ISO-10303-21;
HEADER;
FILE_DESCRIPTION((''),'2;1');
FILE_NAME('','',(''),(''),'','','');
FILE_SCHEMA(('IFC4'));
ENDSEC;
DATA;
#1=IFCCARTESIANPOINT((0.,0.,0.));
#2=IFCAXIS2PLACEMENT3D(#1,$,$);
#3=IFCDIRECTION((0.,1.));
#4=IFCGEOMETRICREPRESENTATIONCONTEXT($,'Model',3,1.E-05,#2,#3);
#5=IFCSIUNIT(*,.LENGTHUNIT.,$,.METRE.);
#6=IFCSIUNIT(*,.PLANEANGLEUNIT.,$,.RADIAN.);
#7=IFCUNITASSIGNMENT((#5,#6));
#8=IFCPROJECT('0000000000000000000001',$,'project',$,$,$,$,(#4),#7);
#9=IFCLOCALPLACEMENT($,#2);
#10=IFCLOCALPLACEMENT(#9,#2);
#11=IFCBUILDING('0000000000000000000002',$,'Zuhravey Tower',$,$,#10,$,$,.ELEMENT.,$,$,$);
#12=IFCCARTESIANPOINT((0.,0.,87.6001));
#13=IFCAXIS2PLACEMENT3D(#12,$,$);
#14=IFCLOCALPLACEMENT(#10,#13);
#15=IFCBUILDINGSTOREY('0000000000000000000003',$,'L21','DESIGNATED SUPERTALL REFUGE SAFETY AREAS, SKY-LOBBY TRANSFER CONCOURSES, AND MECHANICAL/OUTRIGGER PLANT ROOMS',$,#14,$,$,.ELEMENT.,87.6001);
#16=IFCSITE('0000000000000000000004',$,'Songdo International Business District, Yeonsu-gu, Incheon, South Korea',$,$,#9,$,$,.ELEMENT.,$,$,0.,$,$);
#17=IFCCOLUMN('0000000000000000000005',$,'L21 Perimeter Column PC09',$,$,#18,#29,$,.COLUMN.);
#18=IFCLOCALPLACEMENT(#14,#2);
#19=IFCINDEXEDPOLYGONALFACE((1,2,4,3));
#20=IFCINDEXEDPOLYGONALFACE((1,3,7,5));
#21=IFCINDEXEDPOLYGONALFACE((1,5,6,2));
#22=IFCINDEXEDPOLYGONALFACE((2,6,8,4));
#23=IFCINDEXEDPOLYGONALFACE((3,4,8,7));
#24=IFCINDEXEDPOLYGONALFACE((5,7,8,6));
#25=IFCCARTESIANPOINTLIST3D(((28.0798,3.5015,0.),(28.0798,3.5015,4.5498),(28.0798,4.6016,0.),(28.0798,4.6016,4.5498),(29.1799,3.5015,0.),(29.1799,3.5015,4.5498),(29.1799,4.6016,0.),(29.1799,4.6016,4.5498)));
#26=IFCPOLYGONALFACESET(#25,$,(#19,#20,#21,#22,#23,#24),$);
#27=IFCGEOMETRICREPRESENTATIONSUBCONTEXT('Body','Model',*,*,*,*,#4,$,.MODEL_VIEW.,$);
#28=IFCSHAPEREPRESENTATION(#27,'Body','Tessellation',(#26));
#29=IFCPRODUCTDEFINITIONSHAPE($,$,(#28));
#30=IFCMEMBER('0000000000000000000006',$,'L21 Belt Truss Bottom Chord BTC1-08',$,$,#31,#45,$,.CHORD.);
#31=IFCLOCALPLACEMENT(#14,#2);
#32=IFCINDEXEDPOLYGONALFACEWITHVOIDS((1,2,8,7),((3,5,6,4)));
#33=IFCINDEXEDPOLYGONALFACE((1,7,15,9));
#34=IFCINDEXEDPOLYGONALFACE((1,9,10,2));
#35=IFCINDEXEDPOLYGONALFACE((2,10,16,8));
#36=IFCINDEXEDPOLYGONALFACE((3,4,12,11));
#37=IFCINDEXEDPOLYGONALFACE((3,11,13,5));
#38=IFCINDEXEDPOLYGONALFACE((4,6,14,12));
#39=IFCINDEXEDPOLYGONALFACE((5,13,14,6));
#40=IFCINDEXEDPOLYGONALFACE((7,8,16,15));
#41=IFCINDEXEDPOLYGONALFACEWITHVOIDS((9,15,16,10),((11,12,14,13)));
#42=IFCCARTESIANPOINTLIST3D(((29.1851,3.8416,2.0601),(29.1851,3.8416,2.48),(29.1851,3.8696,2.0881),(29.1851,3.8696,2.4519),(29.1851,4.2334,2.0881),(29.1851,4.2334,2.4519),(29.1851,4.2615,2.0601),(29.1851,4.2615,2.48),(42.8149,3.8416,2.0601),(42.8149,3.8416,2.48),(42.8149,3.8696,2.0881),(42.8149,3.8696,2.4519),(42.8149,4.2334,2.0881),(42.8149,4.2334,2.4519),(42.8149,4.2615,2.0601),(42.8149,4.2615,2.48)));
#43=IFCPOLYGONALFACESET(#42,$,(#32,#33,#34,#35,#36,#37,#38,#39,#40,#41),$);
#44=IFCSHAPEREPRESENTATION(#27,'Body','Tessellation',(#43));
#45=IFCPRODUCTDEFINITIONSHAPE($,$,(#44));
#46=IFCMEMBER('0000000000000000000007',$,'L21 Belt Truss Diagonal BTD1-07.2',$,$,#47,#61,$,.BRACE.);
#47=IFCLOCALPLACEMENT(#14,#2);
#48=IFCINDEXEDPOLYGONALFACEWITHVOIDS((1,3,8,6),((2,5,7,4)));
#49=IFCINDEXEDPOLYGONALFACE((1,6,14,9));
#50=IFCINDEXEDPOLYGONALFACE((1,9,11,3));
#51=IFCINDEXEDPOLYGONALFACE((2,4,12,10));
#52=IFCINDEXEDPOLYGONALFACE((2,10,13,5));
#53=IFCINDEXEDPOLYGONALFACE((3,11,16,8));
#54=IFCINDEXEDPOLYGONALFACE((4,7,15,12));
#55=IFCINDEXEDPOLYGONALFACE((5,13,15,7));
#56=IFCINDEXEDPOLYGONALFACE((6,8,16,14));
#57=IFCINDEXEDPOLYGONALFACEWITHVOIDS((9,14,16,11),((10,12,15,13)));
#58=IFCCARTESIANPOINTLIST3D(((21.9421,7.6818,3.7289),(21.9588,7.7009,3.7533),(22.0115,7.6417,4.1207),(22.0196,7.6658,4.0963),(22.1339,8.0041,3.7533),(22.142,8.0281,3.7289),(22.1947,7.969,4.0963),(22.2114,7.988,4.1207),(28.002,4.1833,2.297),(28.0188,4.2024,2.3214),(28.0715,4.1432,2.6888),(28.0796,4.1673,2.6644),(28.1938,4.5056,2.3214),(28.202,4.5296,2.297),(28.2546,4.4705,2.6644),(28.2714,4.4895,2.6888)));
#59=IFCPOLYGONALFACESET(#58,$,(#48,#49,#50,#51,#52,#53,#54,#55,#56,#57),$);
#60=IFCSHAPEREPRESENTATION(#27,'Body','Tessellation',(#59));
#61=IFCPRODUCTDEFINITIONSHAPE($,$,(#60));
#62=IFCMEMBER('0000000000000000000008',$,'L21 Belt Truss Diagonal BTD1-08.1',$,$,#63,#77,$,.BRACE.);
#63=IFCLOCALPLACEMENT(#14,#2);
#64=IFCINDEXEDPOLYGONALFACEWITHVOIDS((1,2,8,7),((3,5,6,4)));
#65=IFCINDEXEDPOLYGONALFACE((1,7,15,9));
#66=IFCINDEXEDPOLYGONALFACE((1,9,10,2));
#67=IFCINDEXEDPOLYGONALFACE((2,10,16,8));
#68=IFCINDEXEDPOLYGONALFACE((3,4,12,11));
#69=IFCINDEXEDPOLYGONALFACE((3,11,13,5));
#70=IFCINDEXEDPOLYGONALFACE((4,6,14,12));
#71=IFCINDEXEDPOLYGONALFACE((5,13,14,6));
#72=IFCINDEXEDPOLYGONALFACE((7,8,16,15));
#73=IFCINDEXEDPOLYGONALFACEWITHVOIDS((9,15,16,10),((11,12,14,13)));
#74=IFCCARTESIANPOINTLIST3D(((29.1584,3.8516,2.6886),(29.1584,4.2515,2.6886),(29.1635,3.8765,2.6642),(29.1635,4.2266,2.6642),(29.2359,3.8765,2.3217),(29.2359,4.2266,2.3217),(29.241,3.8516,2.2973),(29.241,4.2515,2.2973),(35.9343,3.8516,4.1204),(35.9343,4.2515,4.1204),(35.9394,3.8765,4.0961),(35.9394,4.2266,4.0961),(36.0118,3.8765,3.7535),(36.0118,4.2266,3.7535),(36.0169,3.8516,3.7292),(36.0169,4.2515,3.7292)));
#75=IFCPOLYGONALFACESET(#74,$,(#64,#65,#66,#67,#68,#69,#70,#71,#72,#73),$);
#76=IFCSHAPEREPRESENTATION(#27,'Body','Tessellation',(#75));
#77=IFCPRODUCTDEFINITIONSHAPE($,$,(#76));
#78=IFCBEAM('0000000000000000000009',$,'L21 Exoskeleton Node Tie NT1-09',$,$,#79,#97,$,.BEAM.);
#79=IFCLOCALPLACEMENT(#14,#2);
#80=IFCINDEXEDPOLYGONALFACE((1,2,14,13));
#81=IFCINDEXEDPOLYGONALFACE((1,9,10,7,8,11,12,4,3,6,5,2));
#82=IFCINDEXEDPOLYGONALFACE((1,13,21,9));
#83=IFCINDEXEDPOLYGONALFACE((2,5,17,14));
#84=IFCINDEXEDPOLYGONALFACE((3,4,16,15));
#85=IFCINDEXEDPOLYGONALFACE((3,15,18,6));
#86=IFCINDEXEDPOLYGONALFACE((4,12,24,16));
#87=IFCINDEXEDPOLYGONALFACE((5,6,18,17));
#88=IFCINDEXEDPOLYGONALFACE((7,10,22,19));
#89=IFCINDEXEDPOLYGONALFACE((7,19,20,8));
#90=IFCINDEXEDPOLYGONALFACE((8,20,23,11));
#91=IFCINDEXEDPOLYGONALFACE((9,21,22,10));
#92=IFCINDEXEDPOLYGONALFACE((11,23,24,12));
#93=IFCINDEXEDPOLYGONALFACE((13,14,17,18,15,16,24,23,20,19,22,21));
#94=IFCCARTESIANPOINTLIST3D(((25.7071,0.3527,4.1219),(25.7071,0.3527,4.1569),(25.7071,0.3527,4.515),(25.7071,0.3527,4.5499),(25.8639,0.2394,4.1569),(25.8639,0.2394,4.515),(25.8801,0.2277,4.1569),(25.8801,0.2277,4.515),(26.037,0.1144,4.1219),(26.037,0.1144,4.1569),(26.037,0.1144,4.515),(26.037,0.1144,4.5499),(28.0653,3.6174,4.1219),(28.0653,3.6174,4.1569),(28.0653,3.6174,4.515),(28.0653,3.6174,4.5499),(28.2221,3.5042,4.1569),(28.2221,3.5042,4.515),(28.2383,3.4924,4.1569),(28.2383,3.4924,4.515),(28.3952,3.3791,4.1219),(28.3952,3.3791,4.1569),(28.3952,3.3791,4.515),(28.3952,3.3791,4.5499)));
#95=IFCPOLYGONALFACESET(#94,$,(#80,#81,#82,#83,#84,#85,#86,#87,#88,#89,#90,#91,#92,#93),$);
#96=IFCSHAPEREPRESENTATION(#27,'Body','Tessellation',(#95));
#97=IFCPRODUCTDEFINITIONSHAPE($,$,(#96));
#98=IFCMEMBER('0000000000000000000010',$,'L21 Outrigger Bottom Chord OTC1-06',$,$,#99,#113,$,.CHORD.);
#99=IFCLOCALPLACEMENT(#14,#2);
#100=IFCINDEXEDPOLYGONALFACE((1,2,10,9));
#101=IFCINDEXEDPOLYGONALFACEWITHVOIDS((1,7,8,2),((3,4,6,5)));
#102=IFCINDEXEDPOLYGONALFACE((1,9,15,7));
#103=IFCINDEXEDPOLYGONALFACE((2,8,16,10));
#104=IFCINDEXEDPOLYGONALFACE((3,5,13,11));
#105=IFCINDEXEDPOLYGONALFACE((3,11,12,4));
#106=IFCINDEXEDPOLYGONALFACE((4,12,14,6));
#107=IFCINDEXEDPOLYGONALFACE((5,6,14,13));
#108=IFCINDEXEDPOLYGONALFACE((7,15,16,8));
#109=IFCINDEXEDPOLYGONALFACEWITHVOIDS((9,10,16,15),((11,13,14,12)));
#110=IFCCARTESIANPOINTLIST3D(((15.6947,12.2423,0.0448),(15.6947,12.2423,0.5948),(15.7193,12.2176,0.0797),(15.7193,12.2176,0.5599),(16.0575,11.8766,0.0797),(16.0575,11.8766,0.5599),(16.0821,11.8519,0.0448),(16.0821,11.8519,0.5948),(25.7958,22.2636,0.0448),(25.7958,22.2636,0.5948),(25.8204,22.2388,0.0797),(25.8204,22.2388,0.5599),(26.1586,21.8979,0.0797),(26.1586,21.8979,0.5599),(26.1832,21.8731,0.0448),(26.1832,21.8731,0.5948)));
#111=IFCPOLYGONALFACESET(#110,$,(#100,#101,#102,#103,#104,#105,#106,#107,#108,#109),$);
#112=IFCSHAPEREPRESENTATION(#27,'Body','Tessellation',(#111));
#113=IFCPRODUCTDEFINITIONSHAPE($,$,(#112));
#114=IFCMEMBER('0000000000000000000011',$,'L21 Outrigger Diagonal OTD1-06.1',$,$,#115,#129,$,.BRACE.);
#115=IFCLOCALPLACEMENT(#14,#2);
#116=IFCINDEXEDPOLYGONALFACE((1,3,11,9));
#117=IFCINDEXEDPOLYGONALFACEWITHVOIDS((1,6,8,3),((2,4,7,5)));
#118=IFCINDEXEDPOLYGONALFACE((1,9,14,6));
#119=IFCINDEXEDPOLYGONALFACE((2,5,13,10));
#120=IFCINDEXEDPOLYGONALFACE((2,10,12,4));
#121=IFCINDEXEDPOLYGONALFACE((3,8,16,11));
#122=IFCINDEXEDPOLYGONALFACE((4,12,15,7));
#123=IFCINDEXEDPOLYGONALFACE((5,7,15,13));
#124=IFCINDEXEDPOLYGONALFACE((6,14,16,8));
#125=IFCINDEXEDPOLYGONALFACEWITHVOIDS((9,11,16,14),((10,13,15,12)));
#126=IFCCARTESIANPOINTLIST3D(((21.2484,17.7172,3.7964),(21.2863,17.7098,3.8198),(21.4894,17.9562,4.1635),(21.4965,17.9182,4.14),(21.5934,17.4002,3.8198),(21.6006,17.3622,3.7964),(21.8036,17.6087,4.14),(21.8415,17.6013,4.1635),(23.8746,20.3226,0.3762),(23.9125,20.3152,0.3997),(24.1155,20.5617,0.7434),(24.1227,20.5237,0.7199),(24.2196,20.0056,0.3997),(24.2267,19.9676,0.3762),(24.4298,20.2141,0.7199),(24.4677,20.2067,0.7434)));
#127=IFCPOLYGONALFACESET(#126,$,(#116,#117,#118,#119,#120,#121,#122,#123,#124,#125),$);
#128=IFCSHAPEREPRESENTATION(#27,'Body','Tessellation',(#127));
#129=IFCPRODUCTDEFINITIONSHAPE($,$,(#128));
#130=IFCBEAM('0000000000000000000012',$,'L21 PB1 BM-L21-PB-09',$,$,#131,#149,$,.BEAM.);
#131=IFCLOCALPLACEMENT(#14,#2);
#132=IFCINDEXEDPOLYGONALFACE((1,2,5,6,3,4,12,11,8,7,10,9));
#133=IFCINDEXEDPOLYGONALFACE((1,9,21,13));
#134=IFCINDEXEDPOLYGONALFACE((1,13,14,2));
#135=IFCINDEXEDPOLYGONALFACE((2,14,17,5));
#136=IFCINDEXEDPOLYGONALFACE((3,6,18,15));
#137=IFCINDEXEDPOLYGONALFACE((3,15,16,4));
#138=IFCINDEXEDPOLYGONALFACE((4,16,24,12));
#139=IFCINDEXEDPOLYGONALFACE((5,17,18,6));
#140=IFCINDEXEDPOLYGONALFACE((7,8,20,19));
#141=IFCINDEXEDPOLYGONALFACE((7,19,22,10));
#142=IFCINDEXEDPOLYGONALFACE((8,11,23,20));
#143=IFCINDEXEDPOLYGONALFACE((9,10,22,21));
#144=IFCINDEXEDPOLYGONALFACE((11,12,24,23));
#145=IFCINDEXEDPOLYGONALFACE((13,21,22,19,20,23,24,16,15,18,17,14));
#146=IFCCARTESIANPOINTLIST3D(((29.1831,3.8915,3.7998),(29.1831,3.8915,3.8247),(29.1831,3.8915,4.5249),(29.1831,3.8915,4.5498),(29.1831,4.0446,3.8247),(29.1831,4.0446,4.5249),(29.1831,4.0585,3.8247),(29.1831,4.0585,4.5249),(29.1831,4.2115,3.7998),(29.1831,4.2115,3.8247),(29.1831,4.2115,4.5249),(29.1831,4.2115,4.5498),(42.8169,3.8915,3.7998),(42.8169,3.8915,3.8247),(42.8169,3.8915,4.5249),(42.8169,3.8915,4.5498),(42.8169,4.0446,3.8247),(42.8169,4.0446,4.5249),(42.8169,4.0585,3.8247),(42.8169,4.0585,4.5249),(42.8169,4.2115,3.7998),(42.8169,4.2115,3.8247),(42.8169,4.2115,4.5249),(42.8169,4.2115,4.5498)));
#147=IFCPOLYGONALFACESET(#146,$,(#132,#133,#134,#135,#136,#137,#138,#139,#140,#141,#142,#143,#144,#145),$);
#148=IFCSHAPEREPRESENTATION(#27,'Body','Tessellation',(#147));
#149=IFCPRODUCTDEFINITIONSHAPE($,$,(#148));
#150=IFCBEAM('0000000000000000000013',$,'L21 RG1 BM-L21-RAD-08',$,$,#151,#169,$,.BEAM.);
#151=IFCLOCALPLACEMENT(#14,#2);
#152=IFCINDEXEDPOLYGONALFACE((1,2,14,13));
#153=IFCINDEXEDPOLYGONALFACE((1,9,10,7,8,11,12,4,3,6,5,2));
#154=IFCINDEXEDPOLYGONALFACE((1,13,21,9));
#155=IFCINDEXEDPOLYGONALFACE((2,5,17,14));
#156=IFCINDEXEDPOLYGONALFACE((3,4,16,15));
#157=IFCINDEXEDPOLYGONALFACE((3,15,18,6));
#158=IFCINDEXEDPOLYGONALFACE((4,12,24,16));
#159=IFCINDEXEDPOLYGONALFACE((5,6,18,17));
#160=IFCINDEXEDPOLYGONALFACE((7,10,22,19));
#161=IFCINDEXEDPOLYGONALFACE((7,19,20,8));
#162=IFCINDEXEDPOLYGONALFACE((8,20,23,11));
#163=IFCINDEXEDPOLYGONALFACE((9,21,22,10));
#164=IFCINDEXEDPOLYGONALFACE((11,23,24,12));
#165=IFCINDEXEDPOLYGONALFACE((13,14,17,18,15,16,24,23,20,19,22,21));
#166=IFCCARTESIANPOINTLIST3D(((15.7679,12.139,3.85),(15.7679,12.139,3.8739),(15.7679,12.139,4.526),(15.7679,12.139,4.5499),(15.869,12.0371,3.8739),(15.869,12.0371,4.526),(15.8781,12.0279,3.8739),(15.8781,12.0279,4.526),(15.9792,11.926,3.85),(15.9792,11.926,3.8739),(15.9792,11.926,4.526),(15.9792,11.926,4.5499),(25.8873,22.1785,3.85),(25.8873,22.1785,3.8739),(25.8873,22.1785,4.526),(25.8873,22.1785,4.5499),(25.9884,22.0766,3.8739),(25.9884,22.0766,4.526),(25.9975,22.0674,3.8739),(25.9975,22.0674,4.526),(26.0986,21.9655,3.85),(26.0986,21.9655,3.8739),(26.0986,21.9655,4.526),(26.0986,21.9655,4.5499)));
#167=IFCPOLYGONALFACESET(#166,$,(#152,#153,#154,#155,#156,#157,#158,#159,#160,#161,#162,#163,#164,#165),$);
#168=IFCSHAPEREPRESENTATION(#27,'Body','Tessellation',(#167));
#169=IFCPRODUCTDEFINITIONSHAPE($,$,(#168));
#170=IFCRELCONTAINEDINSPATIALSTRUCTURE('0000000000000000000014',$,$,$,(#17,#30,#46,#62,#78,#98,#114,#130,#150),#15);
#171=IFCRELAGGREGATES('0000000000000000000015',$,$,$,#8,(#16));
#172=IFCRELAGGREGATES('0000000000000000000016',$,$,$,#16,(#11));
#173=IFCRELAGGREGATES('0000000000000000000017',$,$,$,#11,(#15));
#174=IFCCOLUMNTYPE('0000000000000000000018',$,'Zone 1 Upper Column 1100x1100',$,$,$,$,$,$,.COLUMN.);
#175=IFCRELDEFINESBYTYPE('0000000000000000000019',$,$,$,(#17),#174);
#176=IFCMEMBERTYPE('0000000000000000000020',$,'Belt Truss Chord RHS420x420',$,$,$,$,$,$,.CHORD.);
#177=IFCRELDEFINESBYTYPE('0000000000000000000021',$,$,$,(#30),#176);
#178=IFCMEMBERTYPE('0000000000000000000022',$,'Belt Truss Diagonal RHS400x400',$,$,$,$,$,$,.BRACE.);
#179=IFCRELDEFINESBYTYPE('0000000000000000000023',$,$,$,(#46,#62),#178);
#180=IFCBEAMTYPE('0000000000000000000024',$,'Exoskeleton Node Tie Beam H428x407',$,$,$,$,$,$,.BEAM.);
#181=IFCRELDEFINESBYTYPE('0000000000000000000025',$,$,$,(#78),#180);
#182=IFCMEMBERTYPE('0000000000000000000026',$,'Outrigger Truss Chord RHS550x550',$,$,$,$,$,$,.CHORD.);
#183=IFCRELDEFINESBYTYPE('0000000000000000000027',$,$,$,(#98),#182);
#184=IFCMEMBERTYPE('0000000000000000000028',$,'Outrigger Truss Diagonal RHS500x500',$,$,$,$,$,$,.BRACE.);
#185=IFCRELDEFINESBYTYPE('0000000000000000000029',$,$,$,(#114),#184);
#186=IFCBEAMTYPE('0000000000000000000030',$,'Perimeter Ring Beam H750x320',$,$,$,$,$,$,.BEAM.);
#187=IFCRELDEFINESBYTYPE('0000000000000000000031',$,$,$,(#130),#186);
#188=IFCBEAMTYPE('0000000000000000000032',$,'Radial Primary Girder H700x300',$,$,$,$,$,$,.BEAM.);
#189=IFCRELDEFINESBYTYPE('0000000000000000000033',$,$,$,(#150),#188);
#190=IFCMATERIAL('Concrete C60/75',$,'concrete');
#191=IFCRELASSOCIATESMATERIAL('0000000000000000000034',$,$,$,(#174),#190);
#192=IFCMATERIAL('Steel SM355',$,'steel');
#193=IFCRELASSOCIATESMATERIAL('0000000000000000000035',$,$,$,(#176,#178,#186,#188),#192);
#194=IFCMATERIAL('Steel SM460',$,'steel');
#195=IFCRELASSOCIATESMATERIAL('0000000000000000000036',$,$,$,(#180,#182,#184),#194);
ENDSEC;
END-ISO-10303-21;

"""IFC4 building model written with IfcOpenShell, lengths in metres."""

from ifc_helpers import new_model, si_unit, direction, frame, origin, origin_2d, place, context, subcontext, project, spatial, rectangle, hollow_rectangle, i_section, extrude, material, material_profile, profile_set, type_object, element, save


model = new_model("IFC4")

# Units and contexts
model_context = context("Model", 3, precision=1e-05, world=origin(), true_north=direction((0.0, 1.0)))
body_context = subcontext(model_context, "Body", "Model", "MODEL_VIEW")
ifc_project = project(units=[si_unit("LENGTHUNIT", "METRE"), si_unit("PLANEANGLEUNIT", "RADIAN")], contexts=[model_context])

# Site, building, storey
site_placement = place(None, origin())
site = spatial("IfcSite", under=ifc_project, at=site_placement, Name="Songdo International Business District, Yeonsu-gu, Incheon, South Korea", CompositionType="ELEMENT", RefElevation=0.0)
building_placement = place(site_placement, origin())
building = spatial("IfcBuilding", under=site, at=building_placement, Name="Zuhravey Tower", CompositionType="ELEMENT")
storey_placement = place(building_placement, frame((0.0, 0.0, 87.6001)))
storey = spatial("IfcBuildingStorey", under=building, at=storey_placement, Name="L21", Description="DESIGNATED SUPERTALL REFUGE SAFETY AREAS, SKY-LOBBY TRANSFER CONCOURSES, AND MECHANICAL/OUTRIGGER PLANT ROOMS", CompositionType="ELEMENT", Elevation=87.6001)

# Column
ifc_material_1 = material(Name="Concrete C60/75", Category="concrete")
ifc_material_profile_1 = material_profile(ifc_material_1, rectangle(XDim=1.1001, YDim=1.1001, at=origin_2d()), Name="RC-1100x1100")
ifc_profile_set_1 = profile_set([ifc_material_profile_1], Name="Concrete C60/75")
column_type = type_object("IfcColumnType", Name="Zone 1 Upper Column 1100x1100", PredefinedType="COLUMN", material=ifc_profile_set_1)
column_placement = place(storey_placement, frame((28.6299, 4.0515, 0.0), z_axis=(0.0, 0.0, 1.0), x_axis=(1.0, 0.0, 0.0)))
element("IfcColumn", 1, at=column_placement, inside=storey, type_object=column_type, Name="L21 Perimeter Column PC09", PredefinedType="COLUMN", context=body_context, shape_type="SweptSolid", body=[
    extrude(rectangle(XDim=1.1001, YDim=1.1001, at=origin_2d()), origin(), (0.0, 0.0, 1.0), 4.5498),
])

# Members
ifc_material_2 = material(Name="Steel SM355", Category="steel")
ifc_material_profile_2 = material_profile(ifc_material_2, hollow_rectangle(XDim=0.4199, YDim=0.4199, WallThickness=0.0281, at=origin_2d()), Name="RHS-420x420x28")
ifc_profile_set_2 = profile_set([ifc_material_profile_2], Name="Steel SM355")
member_type_1 = type_object("IfcMemberType", Name="Belt Truss Chord RHS420x420", PredefinedType="CHORD", material=ifc_profile_set_2)
member_1_placement = place(storey_placement, frame((29.1851, 4.0515, 2.27), z_axis=(1.0, 0.0, 0.0), x_axis=(0.0, 1.0, 0.0)))
element("IfcMember", 2, at=member_1_placement, inside=storey, type_object=member_type_1, Name="L21 Belt Truss Bottom Chord BTC1-08", PredefinedType="CHORD", context=body_context, shape_type="SweptSolid", body=[
    extrude(hollow_rectangle(XDim=0.4199, YDim=0.4199, WallThickness=0.0281, at=origin_2d()), origin(), (0.0, 0.0, 1.0), 13.6299),
])
ifc_material_profile_3 = material_profile(ifc_material_2, hollow_rectangle(XDim=0.3999, YDim=0.3999, WallThickness=0.0249, at=origin_2d()), Name="RHS-400x400x25")
ifc_profile_set_3 = profile_set([ifc_material_profile_3], Name="Steel SM355")
member_type_2 = type_object("IfcMemberType", Name="Belt Truss Diagonal RHS400x400", PredefinedType="BRACE", material=ifc_profile_set_3)
member_2_placement = place(storey_placement, frame((28.1367, 4.3364, 2.4929), z_axis=(-0.848459, 0.489824, 0.200476), x_axis=(-0.499974, -0.86604, 0.0)))
element("IfcMember", 3, at=member_2_placement, inside=storey, type_object=member_type_2, Name="L21 Belt Truss Diagonal BTD1-07.2", PredefinedType="BRACE", context=body_context, shape_type="SweptSolid", body=[
    extrude(hollow_rectangle(XDim=0.3999, YDim=0.3999, WallThickness=0.0249, at=origin_2d()), origin(), (0.0, 0.0, 1.0), 7.1423),
])
member_3_placement = place(storey_placement, frame((29.1997, 4.0515, 2.4929), z_axis=(0.978393, 0.0, 0.206755), x_axis=(0.0, 1.0, 0.0)))
element("IfcMember", 4, at=member_3_placement, inside=storey, type_object=member_type_2, Name="L21 Belt Truss Diagonal BTD1-08.1", PredefinedType="BRACE", context=body_context, shape_type="SweptSolid", body=[
    extrude(hollow_rectangle(XDim=0.3999, YDim=0.3999, WallThickness=0.0249, at=origin_2d()), origin(), (0.0, 0.0, 1.0), 6.9255),
])

# Beam
ifc_material_3 = material(Name="Steel SM460", Category="steel")
ifc_material_profile_4 = material_profile(ifc_material_3, i_section(OverallWidth=0.407, OverallDepth=0.428, WebThickness=0.02, FlangeThickness=0.0349, at=origin_2d()), Name="H-428x407x20x35")
ifc_profile_set_4 = profile_set([ifc_material_profile_4], Name="Steel SM460")
beam_type_1 = type_object("IfcBeamType", Name="Exoskeleton Node Tie Beam H428x407", PredefinedType="BEAM", material=ifc_profile_set_4)
beam_1_placement = place(storey_placement, frame((28.2302, 3.4983, 4.3359), z_axis=(-0.585548, -0.810638, 0.0), x_axis=(0.810638, -0.585548, 0.0)))
element("IfcBeam", 5, at=beam_1_placement, inside=storey, type_object=beam_type_1, Name="L21 Exoskeleton Node Tie NT1-09", PredefinedType="BEAM", context=body_context, shape_type="SweptSolid", body=[
    extrude(i_section(OverallWidth=0.407, OverallDepth=0.428, WebThickness=0.02, FlangeThickness=0.0349, at=origin_2d()), origin(), (0.0, 0.0, 1.0), 4.0273),
])

# Members
ifc_material_profile_5 = material_profile(ifc_material_3, hollow_rectangle(XDim=0.55, YDim=0.55, WallThickness=0.0349, at=origin_2d()), Name="RHS-550x550x35")
ifc_profile_set_5 = profile_set([ifc_material_profile_5], Name="Steel SM460")
member_type_3 = type_object("IfcMemberType", Name="Outrigger Truss Chord RHS550x550", PredefinedType="CHORD", material=ifc_profile_set_5)
member_4_placement = place(storey_placement, frame((25.9895, 22.0684, 0.3198), z_axis=(-0.709907, -0.704296, 0.0), x_axis=(0.704296, -0.709907, 0.0)))
element("IfcMember", 6, at=member_4_placement, inside=storey, type_object=member_type_3, Name="L21 Outrigger Bottom Chord OTC1-06", PredefinedType="CHORD", context=body_context, shape_type="SweptSolid", body=[
    extrude(hollow_rectangle(XDim=0.55, YDim=0.55, WallThickness=0.0349, at=origin_2d()), origin(), (0.0, 0.0, 1.0), 14.2288),
])
ifc_material_profile_6 = material_profile(ifc_material_3, hollow_rectangle(XDim=0.5, YDim=0.5, WallThickness=0.032, at=origin_2d()), Name="RHS-500x500x32")
ifc_profile_set_6 = profile_set([ifc_material_profile_6], Name="Steel SM460")
member_type_4 = type_object("IfcMemberType", Name="Outrigger Truss Diagonal RHS500x500", PredefinedType="BRACE", material=ifc_profile_set_6)
member_5_placement = place(storey_placement, frame((24.1711, 20.2646, 0.5598), z_axis=(-0.521266, -0.517147, 0.678852), x_axis=(0.704296, -0.709906, 0.0)))
element("IfcMember", 7, at=member_5_placement, inside=storey, type_object=member_type_4, Name="L21 Outrigger Diagonal OTD1-06.1", PredefinedType="BRACE", context=body_context, shape_type="SweptSolid", body=[
    extrude(hollow_rectangle(XDim=0.5, YDim=0.5, WallThickness=0.032, at=origin_2d()), origin(), (0.0, 0.0, 1.0), 5.0381),
])

# Beams
ifc_material_profile_7 = material_profile(ifc_material_2, i_section(OverallWidth=0.3201, OverallDepth=0.75, WebThickness=0.0139, FlangeThickness=0.0249, at=origin_2d()), Name="H-750x320x14x25")
ifc_profile_set_7 = profile_set([ifc_material_profile_7], Name="Steel SM355")
beam_type_2 = type_object("IfcBeamType", Name="Perimeter Ring Beam H750x320", PredefinedType="BEAM", material=ifc_profile_set_7)
beam_2_placement = place(storey_placement, frame((29.1831, 4.0515, 4.1748), z_axis=(1.0, 0.0, 0.0), x_axis=(0.0, 1.0, 0.0)))
element("IfcBeam", 8, at=beam_2_placement, inside=storey, type_object=beam_type_2, Name="L21 PB1 BM-L21-PB-09", PredefinedType="BEAM", context=body_context, shape_type="SweptSolid", body=[
    extrude(i_section(OverallWidth=0.3201, OverallDepth=0.75, WebThickness=0.0139, FlangeThickness=0.0249, at=origin_2d()), origin(), (0.0, 0.0, 1.0), 13.6338),
])
ifc_material_profile_8 = material_profile(ifc_material_2, i_section(OverallWidth=0.3, OverallDepth=0.7, WebThickness=0.0129, FlangeThickness=0.0239, at=origin_2d()), Name="H-700x300x13x24")
ifc_profile_set_8 = profile_set([ifc_material_profile_8], Name="Steel SM355")
beam_type_3 = type_object("IfcBeamType", Name="Radial Primary Girder H700x300", PredefinedType="BEAM", material=ifc_profile_set_8)
beam_3_placement = place(storey_placement, frame((25.9929, 22.072, 4.2), z_axis=(-0.709902, -0.704301, 0.0), x_axis=(0.704301, -0.709902, 0.0)))
element("IfcBeam", 9, at=beam_3_placement, inside=storey, type_object=beam_type_3, Name="L21 RG1 BM-L21-RAD-08", PredefinedType="BEAM", context=body_context, shape_type="SweptSolid", body=[
    extrude(i_section(OverallWidth=0.3, OverallDepth=0.7, WebThickness=0.0129, FlangeThickness=0.0239, at=origin_2d()), origin(), (0.0, 0.0, 1.0), 14.2546),
])

save(model, "model.ifc")
